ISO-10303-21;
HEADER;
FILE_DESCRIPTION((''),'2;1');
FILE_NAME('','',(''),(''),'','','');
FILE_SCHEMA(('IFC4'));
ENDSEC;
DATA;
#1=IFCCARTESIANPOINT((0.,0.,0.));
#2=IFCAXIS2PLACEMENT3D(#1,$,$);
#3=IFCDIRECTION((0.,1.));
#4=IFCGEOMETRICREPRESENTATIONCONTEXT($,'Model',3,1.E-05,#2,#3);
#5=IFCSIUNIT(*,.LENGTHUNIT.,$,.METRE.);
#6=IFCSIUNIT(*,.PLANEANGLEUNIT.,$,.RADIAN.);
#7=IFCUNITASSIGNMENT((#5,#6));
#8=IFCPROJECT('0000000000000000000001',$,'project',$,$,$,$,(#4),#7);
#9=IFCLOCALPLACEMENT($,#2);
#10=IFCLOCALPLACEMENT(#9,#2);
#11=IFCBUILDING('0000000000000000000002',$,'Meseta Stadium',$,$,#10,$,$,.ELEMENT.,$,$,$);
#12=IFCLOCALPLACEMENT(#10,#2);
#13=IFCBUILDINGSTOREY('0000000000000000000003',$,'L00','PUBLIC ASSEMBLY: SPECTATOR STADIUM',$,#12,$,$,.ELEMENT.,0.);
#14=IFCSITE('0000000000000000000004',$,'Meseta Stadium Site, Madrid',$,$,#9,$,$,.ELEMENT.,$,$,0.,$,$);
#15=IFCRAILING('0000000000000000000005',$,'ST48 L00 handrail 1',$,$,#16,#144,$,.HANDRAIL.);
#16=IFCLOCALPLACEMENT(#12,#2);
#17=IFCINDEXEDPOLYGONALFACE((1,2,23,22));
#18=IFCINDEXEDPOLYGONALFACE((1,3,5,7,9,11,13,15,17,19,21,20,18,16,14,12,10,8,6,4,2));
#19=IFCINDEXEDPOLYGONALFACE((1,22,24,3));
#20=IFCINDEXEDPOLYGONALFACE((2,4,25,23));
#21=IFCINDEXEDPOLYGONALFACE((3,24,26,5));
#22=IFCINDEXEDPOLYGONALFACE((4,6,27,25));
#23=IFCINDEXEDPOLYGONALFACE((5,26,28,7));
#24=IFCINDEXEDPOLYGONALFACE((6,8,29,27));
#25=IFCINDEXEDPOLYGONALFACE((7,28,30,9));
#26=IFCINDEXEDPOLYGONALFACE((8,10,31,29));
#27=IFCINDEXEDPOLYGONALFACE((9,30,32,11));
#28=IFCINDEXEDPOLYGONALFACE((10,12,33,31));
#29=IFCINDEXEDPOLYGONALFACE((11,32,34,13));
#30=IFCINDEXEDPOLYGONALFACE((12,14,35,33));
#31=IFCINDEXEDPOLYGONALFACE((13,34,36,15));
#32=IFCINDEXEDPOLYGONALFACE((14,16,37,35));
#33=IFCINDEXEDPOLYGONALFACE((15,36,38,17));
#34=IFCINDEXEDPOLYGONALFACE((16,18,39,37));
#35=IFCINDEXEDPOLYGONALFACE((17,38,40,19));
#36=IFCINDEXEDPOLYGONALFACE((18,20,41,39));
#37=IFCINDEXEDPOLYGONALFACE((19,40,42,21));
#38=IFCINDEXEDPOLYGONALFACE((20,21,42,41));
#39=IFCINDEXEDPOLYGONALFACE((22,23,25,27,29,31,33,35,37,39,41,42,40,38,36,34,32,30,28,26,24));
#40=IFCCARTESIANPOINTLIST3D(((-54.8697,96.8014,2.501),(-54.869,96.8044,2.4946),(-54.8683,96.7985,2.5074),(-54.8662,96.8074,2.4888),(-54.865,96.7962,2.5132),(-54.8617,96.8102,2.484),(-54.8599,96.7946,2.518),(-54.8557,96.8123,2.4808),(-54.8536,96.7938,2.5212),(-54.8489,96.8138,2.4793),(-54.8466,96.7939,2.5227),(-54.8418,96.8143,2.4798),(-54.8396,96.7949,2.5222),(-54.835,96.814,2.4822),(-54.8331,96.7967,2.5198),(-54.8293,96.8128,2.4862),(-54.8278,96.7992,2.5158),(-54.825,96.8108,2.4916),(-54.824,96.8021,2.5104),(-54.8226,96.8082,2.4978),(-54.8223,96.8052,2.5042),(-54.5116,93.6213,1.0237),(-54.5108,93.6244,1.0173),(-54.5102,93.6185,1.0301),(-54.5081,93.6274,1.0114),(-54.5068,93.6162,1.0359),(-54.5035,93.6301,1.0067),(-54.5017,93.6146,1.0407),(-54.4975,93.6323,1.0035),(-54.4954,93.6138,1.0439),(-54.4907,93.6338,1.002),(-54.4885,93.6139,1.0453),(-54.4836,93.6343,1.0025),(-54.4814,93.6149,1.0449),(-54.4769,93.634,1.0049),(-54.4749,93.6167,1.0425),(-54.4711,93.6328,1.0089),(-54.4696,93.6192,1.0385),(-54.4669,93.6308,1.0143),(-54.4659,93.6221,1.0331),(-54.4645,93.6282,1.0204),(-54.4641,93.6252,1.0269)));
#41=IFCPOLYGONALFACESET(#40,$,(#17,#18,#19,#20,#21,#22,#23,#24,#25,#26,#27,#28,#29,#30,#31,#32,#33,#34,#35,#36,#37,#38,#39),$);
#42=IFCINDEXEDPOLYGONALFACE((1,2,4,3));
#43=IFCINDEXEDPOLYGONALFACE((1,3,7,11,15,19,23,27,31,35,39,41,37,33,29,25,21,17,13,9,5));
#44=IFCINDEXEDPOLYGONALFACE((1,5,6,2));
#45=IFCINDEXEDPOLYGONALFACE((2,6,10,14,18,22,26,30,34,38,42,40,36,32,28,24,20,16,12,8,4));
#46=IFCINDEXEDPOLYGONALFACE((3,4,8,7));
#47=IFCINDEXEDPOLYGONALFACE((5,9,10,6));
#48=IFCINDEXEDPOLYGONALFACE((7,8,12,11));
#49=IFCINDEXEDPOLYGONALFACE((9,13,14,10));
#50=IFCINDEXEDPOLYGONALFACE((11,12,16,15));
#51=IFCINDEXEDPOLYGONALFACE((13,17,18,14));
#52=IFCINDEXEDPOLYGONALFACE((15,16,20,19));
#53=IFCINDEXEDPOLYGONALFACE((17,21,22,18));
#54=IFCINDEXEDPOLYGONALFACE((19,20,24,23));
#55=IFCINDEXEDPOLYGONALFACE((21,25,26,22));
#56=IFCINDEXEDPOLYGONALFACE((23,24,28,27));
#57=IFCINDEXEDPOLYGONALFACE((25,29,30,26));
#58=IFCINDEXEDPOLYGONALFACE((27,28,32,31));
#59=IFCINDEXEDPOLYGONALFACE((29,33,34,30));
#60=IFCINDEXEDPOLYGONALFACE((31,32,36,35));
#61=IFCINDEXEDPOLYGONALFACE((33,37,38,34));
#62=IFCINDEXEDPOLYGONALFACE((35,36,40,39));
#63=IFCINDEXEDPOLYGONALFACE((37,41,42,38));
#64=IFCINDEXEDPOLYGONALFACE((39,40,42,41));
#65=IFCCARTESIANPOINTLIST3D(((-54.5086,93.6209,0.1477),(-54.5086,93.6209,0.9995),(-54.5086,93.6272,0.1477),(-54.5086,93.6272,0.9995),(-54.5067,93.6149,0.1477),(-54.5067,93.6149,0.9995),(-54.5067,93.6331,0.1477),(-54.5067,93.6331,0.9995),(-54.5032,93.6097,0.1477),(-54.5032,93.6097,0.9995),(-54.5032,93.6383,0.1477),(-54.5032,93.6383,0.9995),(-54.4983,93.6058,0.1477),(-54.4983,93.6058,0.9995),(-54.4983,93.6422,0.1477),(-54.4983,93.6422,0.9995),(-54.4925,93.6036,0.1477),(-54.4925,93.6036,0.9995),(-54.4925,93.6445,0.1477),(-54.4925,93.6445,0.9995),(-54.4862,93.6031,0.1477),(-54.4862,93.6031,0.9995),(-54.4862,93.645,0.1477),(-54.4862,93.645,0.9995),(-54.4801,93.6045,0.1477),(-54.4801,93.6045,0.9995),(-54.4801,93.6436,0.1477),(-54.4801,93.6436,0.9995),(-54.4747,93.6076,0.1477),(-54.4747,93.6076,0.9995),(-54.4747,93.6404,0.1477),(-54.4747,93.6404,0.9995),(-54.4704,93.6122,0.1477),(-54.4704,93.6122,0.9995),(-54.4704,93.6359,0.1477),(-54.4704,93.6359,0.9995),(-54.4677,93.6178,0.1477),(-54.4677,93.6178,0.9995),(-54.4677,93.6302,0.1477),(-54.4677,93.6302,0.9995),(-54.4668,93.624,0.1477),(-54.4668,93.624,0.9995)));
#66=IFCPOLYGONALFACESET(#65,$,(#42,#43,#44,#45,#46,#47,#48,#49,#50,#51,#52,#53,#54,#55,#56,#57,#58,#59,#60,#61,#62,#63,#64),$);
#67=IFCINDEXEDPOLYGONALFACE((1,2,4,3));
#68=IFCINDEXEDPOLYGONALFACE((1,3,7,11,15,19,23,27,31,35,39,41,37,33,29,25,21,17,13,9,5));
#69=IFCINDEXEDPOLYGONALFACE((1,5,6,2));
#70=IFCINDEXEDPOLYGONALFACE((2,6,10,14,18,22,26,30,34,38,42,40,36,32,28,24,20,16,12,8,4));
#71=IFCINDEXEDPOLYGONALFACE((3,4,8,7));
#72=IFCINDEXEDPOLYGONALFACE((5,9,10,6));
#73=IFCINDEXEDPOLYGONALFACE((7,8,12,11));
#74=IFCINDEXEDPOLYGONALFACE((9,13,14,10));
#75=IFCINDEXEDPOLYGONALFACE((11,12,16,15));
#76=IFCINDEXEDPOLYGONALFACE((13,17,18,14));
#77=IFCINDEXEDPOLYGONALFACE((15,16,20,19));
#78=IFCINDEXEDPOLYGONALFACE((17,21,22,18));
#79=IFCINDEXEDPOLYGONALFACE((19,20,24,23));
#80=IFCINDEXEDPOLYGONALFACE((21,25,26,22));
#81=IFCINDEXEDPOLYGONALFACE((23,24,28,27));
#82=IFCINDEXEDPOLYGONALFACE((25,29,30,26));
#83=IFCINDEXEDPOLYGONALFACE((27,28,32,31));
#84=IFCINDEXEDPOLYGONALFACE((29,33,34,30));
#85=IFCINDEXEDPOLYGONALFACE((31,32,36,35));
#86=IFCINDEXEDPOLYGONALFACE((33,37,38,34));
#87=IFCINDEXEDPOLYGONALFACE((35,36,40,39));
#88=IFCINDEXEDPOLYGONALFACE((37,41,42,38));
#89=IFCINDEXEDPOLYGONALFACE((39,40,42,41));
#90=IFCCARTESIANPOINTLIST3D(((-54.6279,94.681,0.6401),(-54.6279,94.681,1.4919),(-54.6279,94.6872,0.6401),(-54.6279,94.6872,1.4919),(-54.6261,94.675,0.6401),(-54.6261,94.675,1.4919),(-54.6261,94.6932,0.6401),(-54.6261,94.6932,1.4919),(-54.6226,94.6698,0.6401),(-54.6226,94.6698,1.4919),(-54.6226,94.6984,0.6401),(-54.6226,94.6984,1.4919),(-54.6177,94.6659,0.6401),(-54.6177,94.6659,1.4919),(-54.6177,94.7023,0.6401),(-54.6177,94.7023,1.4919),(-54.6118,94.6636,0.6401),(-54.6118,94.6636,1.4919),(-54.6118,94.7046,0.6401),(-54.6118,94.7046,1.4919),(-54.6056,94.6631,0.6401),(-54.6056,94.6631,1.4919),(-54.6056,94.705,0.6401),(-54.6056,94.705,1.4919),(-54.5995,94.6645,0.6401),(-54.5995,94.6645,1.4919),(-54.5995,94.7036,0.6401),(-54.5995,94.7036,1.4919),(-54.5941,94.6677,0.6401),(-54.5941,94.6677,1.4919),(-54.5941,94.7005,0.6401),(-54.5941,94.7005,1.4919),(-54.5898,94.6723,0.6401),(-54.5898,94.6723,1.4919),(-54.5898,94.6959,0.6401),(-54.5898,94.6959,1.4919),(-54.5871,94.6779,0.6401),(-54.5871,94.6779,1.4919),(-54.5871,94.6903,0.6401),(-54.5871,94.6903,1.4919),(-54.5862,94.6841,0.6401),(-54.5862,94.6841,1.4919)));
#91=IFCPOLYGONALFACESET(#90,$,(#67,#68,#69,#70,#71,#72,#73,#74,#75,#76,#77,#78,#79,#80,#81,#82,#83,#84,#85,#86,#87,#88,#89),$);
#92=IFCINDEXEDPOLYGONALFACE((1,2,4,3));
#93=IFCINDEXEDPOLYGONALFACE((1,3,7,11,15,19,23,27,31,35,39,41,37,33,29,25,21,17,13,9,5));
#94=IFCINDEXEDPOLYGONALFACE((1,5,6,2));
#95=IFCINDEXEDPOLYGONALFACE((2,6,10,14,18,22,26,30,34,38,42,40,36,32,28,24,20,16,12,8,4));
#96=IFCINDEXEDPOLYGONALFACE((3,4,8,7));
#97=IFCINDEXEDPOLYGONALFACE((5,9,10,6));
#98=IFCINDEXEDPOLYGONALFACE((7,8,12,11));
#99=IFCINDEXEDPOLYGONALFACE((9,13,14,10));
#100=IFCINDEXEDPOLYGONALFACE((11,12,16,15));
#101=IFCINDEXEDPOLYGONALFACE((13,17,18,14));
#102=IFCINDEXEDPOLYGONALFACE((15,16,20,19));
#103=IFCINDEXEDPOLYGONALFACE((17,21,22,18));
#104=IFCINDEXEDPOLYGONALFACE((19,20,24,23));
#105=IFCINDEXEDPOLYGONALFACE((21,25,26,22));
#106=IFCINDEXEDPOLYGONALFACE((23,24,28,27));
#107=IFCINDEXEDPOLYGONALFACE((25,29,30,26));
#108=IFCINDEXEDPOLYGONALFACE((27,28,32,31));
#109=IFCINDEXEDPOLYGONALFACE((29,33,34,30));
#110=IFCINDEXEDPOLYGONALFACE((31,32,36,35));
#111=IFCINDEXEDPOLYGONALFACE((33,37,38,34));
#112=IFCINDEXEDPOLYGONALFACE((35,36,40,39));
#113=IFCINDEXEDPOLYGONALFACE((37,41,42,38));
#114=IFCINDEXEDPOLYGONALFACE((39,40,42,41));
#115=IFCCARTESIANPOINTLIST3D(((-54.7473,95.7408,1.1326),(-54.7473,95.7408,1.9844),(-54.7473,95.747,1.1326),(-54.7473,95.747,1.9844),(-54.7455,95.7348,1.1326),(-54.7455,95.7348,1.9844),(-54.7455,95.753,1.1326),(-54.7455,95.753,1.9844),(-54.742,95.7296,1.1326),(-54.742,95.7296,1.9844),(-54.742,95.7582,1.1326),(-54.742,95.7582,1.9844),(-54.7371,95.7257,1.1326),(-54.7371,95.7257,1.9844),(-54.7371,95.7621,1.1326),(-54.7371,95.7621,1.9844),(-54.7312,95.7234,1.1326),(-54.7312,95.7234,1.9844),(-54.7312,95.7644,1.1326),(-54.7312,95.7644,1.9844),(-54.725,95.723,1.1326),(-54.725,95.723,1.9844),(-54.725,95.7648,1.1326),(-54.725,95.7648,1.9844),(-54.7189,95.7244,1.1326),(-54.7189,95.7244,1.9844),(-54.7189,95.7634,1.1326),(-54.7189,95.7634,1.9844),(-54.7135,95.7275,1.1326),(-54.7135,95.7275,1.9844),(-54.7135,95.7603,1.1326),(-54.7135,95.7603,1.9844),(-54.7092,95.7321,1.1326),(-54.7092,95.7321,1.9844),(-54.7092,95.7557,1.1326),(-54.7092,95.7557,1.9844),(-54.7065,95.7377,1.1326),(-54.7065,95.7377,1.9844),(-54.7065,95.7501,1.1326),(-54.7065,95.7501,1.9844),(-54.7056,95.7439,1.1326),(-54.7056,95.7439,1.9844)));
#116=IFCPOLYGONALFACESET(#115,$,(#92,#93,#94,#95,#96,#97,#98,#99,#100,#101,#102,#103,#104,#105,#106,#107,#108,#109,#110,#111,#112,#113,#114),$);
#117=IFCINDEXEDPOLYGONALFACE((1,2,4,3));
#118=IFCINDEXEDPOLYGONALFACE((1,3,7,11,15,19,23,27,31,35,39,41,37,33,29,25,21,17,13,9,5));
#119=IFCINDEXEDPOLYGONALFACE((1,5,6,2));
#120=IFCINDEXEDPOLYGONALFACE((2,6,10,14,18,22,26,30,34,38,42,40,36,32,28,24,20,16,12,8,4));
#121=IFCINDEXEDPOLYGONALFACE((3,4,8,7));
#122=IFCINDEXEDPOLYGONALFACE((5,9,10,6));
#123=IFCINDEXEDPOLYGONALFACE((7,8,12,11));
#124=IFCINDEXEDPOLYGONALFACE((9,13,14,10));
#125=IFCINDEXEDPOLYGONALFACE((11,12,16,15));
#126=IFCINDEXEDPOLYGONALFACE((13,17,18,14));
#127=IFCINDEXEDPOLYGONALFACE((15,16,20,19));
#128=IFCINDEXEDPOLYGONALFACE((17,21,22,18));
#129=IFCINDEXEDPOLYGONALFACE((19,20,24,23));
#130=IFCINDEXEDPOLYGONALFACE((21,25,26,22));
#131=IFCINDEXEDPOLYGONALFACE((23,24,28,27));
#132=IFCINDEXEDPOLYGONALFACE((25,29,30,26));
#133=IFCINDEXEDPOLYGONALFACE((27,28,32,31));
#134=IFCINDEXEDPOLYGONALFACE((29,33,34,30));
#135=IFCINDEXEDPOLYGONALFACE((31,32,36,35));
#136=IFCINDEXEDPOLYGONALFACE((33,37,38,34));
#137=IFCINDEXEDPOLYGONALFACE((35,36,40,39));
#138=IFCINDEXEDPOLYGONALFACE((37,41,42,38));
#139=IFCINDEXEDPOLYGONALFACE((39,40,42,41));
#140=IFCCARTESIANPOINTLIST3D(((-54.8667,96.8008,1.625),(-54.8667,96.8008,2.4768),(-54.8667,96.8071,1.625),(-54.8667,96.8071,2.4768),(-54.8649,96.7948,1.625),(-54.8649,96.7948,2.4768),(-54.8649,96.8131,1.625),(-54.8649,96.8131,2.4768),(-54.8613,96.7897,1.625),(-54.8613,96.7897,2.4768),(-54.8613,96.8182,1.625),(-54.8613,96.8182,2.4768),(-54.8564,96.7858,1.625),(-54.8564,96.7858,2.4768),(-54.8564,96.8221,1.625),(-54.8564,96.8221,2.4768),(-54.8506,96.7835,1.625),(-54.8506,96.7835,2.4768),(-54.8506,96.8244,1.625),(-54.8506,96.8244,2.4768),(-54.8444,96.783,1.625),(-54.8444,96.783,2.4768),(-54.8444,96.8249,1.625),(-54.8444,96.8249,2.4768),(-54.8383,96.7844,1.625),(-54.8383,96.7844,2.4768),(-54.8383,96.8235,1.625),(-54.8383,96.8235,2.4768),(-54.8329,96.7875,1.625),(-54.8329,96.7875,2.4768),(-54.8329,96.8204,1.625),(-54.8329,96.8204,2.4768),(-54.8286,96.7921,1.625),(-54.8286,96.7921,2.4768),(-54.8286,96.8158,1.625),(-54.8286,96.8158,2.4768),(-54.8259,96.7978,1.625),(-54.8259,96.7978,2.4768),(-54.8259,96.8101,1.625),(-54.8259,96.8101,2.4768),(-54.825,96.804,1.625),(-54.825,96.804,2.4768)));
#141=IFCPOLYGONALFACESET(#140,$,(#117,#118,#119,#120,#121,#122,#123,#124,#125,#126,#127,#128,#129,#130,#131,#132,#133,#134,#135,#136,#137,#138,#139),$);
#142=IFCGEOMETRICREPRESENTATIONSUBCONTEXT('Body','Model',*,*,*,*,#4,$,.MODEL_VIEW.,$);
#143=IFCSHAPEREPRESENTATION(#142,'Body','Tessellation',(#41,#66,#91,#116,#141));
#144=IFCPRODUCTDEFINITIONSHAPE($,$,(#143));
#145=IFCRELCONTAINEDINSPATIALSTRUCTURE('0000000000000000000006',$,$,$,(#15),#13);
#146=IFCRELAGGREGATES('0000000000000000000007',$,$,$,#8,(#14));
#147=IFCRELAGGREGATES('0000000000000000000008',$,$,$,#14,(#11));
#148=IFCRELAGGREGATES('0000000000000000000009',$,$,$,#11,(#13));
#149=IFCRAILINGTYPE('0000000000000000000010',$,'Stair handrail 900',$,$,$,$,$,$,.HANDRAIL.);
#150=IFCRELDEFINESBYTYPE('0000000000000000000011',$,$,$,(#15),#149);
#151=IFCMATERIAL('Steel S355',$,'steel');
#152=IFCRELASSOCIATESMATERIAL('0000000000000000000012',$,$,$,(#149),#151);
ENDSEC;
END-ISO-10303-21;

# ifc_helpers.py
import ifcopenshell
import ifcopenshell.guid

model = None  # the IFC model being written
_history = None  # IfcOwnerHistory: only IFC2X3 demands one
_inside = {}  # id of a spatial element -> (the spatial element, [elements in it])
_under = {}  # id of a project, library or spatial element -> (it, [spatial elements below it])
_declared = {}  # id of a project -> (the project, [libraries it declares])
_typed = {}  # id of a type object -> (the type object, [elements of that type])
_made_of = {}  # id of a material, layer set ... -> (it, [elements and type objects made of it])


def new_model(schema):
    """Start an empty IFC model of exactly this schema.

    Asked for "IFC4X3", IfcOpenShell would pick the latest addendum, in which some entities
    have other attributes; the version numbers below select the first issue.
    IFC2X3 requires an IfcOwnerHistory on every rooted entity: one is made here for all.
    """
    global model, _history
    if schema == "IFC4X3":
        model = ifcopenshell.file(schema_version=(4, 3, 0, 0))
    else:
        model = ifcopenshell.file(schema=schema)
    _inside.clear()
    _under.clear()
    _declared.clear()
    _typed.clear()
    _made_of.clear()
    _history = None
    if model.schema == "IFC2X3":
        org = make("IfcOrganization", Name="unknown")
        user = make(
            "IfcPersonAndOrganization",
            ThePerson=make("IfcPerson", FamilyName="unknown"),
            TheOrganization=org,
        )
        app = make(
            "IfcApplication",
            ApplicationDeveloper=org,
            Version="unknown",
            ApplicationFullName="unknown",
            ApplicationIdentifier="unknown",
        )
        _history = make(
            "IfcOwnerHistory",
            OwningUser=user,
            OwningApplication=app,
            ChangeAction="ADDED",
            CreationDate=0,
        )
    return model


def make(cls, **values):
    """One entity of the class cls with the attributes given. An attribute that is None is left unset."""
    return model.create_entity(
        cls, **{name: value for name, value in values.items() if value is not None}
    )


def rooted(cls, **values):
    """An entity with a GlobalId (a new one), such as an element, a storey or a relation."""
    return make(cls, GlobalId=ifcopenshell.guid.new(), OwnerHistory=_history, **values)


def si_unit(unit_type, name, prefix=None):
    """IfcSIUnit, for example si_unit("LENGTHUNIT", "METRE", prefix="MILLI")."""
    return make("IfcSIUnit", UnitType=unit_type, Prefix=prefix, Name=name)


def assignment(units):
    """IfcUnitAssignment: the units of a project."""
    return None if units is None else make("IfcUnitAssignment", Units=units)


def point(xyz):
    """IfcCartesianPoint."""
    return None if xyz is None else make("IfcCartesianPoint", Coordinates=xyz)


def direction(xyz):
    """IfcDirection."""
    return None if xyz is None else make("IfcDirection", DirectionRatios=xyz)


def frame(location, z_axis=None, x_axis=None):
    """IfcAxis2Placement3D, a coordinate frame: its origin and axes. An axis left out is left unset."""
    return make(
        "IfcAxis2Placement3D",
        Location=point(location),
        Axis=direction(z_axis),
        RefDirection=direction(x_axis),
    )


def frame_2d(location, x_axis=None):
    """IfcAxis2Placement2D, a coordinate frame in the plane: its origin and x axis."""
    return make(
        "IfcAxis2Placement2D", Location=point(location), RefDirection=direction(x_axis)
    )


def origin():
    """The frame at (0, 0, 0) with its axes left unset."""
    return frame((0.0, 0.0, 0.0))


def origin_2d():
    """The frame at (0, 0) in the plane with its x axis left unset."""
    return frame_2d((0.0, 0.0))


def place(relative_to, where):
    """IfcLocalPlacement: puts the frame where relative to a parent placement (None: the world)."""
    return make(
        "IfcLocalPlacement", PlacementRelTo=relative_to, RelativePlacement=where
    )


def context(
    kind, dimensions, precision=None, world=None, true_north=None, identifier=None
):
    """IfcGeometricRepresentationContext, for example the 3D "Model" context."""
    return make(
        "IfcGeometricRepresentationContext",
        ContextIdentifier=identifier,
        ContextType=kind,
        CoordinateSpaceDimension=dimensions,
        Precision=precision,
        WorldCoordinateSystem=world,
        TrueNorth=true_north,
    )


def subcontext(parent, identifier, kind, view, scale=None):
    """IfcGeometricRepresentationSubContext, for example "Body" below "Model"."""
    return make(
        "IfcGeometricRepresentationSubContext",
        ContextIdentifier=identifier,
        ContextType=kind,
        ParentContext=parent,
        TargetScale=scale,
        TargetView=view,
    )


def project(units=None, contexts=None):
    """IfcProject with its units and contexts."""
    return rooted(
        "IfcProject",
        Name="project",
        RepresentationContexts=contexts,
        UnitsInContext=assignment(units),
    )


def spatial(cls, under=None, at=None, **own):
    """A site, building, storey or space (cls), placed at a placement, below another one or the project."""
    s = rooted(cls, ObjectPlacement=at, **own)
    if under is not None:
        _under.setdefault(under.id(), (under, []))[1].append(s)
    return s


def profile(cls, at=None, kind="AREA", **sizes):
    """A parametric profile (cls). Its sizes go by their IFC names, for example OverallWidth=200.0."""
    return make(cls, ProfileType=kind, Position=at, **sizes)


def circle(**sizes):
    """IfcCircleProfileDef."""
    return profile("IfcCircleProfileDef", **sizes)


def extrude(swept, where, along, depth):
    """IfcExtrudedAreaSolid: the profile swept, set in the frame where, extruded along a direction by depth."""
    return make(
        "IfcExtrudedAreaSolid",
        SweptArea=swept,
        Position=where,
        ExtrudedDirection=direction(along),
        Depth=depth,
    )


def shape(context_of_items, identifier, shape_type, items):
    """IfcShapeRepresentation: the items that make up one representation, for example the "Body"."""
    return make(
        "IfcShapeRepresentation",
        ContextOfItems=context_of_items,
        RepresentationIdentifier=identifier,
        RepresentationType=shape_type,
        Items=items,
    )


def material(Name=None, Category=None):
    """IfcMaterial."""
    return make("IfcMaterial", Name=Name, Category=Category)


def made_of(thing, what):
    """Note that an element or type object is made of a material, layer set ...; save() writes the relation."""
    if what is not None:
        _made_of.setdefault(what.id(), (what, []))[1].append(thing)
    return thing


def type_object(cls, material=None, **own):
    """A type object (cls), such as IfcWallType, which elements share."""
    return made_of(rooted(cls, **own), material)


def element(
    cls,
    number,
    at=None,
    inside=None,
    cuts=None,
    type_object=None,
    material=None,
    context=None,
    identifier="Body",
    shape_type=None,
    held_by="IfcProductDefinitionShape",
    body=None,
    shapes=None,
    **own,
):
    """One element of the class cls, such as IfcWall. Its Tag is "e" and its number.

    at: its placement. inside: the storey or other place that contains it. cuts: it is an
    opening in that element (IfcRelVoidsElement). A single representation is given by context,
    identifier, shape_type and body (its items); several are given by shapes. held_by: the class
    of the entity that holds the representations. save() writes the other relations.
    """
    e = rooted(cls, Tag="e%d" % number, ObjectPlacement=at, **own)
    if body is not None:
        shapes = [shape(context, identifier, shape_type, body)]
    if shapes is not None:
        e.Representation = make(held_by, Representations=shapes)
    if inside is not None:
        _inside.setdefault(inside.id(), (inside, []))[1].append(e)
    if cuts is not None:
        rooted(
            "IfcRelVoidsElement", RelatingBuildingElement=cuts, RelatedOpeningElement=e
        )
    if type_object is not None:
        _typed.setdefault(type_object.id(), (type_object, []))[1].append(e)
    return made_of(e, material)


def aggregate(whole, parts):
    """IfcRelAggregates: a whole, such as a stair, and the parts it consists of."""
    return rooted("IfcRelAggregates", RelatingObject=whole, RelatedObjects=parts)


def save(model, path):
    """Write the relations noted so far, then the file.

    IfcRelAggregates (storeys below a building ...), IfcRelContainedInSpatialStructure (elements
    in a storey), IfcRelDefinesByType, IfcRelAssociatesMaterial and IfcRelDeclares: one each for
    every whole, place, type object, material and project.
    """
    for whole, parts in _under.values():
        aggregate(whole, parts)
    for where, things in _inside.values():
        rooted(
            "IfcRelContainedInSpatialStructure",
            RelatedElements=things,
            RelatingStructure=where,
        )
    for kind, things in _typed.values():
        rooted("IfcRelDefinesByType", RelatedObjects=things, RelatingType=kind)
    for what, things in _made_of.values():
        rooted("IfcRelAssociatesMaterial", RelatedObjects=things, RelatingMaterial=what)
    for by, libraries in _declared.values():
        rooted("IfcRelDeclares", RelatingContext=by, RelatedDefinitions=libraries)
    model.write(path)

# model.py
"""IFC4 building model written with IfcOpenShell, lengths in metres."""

from ifc_helpers import new_model, si_unit, direction, frame, origin, origin_2d, place, context, subcontext, project, spatial, circle, extrude, material, type_object, element, save


model = new_model("IFC4")

# Units and contexts
model_context = context("Model", 3, precision=1e-05, world=origin(), true_north=direction((0.0, 1.0)))
body_context = subcontext(model_context, "Body", "Model", "MODEL_VIEW")
ifc_project = project(units=[si_unit("LENGTHUNIT", "METRE"), si_unit("PLANEANGLEUNIT", "RADIAN")], contexts=[model_context])

# Site, building, storey
site_placement = place(None, origin())
site = spatial("IfcSite", under=ifc_project, at=site_placement, Name="Meseta Stadium Site, Madrid", CompositionType="ELEMENT", RefElevation=0.0)
building_placement = place(site_placement, origin())
building = spatial("IfcBuilding", under=site, at=building_placement, Name="Meseta Stadium", CompositionType="ELEMENT")
storey_placement = place(building_placement, origin())
storey = spatial("IfcBuildingStorey", under=building, at=storey_placement, Name="L00", Description="PUBLIC ASSEMBLY: SPECTATOR STADIUM", CompositionType="ELEMENT", Elevation=0.0)

# Railing
ifc_material_1 = material(Name="Steel S355", Category="steel")
railing_type_1 = type_object("IfcRailingType", Name="Stair handrail 900", PredefinedType="HANDRAIL", material=ifc_material_1)
railing_1_placement = place(storey_placement, frame((-54.4878, 93.624, 0.1477)))
element("IfcRailing", 1, at=railing_1_placement, inside=storey, type_object=railing_type_1, Name="ST48 L00 handrail 1", PredefinedType="HANDRAIL", context=body_context, shape_type="SweptSolid", body=[
    extrude(circle(Radius=0.0239, at=origin_2d()), frame((0.0, 0.0, 0.876), z_axis=(-0.101616, 0.902217, 0.419141), x_axis=(-0.993717, -0.111922, 0.0)), (0.0, 0.0, 1.0), 3.5247),
    extrude(circle(Radius=0.021, at=origin_2d()), origin(), (0.0, 0.0, 1.0), 0.8518),
    extrude(circle(Radius=0.021, at=origin_2d()), frame((-0.1194, 1.0601, 0.4924)), (0.0, 0.0, 1.0), 0.8518),
    extrude(circle(Radius=0.021, at=origin_2d()), frame((-0.2388, 2.1199, 0.9849)), (0.0, 0.0, 1.0), 0.8518),
    extrude(circle(Radius=0.021, at=origin_2d()), frame((-0.3582, 3.1799, 1.4773)), (0.0, 0.0, 1.0), 0.8518),
])

save(model, "model.ifc")
